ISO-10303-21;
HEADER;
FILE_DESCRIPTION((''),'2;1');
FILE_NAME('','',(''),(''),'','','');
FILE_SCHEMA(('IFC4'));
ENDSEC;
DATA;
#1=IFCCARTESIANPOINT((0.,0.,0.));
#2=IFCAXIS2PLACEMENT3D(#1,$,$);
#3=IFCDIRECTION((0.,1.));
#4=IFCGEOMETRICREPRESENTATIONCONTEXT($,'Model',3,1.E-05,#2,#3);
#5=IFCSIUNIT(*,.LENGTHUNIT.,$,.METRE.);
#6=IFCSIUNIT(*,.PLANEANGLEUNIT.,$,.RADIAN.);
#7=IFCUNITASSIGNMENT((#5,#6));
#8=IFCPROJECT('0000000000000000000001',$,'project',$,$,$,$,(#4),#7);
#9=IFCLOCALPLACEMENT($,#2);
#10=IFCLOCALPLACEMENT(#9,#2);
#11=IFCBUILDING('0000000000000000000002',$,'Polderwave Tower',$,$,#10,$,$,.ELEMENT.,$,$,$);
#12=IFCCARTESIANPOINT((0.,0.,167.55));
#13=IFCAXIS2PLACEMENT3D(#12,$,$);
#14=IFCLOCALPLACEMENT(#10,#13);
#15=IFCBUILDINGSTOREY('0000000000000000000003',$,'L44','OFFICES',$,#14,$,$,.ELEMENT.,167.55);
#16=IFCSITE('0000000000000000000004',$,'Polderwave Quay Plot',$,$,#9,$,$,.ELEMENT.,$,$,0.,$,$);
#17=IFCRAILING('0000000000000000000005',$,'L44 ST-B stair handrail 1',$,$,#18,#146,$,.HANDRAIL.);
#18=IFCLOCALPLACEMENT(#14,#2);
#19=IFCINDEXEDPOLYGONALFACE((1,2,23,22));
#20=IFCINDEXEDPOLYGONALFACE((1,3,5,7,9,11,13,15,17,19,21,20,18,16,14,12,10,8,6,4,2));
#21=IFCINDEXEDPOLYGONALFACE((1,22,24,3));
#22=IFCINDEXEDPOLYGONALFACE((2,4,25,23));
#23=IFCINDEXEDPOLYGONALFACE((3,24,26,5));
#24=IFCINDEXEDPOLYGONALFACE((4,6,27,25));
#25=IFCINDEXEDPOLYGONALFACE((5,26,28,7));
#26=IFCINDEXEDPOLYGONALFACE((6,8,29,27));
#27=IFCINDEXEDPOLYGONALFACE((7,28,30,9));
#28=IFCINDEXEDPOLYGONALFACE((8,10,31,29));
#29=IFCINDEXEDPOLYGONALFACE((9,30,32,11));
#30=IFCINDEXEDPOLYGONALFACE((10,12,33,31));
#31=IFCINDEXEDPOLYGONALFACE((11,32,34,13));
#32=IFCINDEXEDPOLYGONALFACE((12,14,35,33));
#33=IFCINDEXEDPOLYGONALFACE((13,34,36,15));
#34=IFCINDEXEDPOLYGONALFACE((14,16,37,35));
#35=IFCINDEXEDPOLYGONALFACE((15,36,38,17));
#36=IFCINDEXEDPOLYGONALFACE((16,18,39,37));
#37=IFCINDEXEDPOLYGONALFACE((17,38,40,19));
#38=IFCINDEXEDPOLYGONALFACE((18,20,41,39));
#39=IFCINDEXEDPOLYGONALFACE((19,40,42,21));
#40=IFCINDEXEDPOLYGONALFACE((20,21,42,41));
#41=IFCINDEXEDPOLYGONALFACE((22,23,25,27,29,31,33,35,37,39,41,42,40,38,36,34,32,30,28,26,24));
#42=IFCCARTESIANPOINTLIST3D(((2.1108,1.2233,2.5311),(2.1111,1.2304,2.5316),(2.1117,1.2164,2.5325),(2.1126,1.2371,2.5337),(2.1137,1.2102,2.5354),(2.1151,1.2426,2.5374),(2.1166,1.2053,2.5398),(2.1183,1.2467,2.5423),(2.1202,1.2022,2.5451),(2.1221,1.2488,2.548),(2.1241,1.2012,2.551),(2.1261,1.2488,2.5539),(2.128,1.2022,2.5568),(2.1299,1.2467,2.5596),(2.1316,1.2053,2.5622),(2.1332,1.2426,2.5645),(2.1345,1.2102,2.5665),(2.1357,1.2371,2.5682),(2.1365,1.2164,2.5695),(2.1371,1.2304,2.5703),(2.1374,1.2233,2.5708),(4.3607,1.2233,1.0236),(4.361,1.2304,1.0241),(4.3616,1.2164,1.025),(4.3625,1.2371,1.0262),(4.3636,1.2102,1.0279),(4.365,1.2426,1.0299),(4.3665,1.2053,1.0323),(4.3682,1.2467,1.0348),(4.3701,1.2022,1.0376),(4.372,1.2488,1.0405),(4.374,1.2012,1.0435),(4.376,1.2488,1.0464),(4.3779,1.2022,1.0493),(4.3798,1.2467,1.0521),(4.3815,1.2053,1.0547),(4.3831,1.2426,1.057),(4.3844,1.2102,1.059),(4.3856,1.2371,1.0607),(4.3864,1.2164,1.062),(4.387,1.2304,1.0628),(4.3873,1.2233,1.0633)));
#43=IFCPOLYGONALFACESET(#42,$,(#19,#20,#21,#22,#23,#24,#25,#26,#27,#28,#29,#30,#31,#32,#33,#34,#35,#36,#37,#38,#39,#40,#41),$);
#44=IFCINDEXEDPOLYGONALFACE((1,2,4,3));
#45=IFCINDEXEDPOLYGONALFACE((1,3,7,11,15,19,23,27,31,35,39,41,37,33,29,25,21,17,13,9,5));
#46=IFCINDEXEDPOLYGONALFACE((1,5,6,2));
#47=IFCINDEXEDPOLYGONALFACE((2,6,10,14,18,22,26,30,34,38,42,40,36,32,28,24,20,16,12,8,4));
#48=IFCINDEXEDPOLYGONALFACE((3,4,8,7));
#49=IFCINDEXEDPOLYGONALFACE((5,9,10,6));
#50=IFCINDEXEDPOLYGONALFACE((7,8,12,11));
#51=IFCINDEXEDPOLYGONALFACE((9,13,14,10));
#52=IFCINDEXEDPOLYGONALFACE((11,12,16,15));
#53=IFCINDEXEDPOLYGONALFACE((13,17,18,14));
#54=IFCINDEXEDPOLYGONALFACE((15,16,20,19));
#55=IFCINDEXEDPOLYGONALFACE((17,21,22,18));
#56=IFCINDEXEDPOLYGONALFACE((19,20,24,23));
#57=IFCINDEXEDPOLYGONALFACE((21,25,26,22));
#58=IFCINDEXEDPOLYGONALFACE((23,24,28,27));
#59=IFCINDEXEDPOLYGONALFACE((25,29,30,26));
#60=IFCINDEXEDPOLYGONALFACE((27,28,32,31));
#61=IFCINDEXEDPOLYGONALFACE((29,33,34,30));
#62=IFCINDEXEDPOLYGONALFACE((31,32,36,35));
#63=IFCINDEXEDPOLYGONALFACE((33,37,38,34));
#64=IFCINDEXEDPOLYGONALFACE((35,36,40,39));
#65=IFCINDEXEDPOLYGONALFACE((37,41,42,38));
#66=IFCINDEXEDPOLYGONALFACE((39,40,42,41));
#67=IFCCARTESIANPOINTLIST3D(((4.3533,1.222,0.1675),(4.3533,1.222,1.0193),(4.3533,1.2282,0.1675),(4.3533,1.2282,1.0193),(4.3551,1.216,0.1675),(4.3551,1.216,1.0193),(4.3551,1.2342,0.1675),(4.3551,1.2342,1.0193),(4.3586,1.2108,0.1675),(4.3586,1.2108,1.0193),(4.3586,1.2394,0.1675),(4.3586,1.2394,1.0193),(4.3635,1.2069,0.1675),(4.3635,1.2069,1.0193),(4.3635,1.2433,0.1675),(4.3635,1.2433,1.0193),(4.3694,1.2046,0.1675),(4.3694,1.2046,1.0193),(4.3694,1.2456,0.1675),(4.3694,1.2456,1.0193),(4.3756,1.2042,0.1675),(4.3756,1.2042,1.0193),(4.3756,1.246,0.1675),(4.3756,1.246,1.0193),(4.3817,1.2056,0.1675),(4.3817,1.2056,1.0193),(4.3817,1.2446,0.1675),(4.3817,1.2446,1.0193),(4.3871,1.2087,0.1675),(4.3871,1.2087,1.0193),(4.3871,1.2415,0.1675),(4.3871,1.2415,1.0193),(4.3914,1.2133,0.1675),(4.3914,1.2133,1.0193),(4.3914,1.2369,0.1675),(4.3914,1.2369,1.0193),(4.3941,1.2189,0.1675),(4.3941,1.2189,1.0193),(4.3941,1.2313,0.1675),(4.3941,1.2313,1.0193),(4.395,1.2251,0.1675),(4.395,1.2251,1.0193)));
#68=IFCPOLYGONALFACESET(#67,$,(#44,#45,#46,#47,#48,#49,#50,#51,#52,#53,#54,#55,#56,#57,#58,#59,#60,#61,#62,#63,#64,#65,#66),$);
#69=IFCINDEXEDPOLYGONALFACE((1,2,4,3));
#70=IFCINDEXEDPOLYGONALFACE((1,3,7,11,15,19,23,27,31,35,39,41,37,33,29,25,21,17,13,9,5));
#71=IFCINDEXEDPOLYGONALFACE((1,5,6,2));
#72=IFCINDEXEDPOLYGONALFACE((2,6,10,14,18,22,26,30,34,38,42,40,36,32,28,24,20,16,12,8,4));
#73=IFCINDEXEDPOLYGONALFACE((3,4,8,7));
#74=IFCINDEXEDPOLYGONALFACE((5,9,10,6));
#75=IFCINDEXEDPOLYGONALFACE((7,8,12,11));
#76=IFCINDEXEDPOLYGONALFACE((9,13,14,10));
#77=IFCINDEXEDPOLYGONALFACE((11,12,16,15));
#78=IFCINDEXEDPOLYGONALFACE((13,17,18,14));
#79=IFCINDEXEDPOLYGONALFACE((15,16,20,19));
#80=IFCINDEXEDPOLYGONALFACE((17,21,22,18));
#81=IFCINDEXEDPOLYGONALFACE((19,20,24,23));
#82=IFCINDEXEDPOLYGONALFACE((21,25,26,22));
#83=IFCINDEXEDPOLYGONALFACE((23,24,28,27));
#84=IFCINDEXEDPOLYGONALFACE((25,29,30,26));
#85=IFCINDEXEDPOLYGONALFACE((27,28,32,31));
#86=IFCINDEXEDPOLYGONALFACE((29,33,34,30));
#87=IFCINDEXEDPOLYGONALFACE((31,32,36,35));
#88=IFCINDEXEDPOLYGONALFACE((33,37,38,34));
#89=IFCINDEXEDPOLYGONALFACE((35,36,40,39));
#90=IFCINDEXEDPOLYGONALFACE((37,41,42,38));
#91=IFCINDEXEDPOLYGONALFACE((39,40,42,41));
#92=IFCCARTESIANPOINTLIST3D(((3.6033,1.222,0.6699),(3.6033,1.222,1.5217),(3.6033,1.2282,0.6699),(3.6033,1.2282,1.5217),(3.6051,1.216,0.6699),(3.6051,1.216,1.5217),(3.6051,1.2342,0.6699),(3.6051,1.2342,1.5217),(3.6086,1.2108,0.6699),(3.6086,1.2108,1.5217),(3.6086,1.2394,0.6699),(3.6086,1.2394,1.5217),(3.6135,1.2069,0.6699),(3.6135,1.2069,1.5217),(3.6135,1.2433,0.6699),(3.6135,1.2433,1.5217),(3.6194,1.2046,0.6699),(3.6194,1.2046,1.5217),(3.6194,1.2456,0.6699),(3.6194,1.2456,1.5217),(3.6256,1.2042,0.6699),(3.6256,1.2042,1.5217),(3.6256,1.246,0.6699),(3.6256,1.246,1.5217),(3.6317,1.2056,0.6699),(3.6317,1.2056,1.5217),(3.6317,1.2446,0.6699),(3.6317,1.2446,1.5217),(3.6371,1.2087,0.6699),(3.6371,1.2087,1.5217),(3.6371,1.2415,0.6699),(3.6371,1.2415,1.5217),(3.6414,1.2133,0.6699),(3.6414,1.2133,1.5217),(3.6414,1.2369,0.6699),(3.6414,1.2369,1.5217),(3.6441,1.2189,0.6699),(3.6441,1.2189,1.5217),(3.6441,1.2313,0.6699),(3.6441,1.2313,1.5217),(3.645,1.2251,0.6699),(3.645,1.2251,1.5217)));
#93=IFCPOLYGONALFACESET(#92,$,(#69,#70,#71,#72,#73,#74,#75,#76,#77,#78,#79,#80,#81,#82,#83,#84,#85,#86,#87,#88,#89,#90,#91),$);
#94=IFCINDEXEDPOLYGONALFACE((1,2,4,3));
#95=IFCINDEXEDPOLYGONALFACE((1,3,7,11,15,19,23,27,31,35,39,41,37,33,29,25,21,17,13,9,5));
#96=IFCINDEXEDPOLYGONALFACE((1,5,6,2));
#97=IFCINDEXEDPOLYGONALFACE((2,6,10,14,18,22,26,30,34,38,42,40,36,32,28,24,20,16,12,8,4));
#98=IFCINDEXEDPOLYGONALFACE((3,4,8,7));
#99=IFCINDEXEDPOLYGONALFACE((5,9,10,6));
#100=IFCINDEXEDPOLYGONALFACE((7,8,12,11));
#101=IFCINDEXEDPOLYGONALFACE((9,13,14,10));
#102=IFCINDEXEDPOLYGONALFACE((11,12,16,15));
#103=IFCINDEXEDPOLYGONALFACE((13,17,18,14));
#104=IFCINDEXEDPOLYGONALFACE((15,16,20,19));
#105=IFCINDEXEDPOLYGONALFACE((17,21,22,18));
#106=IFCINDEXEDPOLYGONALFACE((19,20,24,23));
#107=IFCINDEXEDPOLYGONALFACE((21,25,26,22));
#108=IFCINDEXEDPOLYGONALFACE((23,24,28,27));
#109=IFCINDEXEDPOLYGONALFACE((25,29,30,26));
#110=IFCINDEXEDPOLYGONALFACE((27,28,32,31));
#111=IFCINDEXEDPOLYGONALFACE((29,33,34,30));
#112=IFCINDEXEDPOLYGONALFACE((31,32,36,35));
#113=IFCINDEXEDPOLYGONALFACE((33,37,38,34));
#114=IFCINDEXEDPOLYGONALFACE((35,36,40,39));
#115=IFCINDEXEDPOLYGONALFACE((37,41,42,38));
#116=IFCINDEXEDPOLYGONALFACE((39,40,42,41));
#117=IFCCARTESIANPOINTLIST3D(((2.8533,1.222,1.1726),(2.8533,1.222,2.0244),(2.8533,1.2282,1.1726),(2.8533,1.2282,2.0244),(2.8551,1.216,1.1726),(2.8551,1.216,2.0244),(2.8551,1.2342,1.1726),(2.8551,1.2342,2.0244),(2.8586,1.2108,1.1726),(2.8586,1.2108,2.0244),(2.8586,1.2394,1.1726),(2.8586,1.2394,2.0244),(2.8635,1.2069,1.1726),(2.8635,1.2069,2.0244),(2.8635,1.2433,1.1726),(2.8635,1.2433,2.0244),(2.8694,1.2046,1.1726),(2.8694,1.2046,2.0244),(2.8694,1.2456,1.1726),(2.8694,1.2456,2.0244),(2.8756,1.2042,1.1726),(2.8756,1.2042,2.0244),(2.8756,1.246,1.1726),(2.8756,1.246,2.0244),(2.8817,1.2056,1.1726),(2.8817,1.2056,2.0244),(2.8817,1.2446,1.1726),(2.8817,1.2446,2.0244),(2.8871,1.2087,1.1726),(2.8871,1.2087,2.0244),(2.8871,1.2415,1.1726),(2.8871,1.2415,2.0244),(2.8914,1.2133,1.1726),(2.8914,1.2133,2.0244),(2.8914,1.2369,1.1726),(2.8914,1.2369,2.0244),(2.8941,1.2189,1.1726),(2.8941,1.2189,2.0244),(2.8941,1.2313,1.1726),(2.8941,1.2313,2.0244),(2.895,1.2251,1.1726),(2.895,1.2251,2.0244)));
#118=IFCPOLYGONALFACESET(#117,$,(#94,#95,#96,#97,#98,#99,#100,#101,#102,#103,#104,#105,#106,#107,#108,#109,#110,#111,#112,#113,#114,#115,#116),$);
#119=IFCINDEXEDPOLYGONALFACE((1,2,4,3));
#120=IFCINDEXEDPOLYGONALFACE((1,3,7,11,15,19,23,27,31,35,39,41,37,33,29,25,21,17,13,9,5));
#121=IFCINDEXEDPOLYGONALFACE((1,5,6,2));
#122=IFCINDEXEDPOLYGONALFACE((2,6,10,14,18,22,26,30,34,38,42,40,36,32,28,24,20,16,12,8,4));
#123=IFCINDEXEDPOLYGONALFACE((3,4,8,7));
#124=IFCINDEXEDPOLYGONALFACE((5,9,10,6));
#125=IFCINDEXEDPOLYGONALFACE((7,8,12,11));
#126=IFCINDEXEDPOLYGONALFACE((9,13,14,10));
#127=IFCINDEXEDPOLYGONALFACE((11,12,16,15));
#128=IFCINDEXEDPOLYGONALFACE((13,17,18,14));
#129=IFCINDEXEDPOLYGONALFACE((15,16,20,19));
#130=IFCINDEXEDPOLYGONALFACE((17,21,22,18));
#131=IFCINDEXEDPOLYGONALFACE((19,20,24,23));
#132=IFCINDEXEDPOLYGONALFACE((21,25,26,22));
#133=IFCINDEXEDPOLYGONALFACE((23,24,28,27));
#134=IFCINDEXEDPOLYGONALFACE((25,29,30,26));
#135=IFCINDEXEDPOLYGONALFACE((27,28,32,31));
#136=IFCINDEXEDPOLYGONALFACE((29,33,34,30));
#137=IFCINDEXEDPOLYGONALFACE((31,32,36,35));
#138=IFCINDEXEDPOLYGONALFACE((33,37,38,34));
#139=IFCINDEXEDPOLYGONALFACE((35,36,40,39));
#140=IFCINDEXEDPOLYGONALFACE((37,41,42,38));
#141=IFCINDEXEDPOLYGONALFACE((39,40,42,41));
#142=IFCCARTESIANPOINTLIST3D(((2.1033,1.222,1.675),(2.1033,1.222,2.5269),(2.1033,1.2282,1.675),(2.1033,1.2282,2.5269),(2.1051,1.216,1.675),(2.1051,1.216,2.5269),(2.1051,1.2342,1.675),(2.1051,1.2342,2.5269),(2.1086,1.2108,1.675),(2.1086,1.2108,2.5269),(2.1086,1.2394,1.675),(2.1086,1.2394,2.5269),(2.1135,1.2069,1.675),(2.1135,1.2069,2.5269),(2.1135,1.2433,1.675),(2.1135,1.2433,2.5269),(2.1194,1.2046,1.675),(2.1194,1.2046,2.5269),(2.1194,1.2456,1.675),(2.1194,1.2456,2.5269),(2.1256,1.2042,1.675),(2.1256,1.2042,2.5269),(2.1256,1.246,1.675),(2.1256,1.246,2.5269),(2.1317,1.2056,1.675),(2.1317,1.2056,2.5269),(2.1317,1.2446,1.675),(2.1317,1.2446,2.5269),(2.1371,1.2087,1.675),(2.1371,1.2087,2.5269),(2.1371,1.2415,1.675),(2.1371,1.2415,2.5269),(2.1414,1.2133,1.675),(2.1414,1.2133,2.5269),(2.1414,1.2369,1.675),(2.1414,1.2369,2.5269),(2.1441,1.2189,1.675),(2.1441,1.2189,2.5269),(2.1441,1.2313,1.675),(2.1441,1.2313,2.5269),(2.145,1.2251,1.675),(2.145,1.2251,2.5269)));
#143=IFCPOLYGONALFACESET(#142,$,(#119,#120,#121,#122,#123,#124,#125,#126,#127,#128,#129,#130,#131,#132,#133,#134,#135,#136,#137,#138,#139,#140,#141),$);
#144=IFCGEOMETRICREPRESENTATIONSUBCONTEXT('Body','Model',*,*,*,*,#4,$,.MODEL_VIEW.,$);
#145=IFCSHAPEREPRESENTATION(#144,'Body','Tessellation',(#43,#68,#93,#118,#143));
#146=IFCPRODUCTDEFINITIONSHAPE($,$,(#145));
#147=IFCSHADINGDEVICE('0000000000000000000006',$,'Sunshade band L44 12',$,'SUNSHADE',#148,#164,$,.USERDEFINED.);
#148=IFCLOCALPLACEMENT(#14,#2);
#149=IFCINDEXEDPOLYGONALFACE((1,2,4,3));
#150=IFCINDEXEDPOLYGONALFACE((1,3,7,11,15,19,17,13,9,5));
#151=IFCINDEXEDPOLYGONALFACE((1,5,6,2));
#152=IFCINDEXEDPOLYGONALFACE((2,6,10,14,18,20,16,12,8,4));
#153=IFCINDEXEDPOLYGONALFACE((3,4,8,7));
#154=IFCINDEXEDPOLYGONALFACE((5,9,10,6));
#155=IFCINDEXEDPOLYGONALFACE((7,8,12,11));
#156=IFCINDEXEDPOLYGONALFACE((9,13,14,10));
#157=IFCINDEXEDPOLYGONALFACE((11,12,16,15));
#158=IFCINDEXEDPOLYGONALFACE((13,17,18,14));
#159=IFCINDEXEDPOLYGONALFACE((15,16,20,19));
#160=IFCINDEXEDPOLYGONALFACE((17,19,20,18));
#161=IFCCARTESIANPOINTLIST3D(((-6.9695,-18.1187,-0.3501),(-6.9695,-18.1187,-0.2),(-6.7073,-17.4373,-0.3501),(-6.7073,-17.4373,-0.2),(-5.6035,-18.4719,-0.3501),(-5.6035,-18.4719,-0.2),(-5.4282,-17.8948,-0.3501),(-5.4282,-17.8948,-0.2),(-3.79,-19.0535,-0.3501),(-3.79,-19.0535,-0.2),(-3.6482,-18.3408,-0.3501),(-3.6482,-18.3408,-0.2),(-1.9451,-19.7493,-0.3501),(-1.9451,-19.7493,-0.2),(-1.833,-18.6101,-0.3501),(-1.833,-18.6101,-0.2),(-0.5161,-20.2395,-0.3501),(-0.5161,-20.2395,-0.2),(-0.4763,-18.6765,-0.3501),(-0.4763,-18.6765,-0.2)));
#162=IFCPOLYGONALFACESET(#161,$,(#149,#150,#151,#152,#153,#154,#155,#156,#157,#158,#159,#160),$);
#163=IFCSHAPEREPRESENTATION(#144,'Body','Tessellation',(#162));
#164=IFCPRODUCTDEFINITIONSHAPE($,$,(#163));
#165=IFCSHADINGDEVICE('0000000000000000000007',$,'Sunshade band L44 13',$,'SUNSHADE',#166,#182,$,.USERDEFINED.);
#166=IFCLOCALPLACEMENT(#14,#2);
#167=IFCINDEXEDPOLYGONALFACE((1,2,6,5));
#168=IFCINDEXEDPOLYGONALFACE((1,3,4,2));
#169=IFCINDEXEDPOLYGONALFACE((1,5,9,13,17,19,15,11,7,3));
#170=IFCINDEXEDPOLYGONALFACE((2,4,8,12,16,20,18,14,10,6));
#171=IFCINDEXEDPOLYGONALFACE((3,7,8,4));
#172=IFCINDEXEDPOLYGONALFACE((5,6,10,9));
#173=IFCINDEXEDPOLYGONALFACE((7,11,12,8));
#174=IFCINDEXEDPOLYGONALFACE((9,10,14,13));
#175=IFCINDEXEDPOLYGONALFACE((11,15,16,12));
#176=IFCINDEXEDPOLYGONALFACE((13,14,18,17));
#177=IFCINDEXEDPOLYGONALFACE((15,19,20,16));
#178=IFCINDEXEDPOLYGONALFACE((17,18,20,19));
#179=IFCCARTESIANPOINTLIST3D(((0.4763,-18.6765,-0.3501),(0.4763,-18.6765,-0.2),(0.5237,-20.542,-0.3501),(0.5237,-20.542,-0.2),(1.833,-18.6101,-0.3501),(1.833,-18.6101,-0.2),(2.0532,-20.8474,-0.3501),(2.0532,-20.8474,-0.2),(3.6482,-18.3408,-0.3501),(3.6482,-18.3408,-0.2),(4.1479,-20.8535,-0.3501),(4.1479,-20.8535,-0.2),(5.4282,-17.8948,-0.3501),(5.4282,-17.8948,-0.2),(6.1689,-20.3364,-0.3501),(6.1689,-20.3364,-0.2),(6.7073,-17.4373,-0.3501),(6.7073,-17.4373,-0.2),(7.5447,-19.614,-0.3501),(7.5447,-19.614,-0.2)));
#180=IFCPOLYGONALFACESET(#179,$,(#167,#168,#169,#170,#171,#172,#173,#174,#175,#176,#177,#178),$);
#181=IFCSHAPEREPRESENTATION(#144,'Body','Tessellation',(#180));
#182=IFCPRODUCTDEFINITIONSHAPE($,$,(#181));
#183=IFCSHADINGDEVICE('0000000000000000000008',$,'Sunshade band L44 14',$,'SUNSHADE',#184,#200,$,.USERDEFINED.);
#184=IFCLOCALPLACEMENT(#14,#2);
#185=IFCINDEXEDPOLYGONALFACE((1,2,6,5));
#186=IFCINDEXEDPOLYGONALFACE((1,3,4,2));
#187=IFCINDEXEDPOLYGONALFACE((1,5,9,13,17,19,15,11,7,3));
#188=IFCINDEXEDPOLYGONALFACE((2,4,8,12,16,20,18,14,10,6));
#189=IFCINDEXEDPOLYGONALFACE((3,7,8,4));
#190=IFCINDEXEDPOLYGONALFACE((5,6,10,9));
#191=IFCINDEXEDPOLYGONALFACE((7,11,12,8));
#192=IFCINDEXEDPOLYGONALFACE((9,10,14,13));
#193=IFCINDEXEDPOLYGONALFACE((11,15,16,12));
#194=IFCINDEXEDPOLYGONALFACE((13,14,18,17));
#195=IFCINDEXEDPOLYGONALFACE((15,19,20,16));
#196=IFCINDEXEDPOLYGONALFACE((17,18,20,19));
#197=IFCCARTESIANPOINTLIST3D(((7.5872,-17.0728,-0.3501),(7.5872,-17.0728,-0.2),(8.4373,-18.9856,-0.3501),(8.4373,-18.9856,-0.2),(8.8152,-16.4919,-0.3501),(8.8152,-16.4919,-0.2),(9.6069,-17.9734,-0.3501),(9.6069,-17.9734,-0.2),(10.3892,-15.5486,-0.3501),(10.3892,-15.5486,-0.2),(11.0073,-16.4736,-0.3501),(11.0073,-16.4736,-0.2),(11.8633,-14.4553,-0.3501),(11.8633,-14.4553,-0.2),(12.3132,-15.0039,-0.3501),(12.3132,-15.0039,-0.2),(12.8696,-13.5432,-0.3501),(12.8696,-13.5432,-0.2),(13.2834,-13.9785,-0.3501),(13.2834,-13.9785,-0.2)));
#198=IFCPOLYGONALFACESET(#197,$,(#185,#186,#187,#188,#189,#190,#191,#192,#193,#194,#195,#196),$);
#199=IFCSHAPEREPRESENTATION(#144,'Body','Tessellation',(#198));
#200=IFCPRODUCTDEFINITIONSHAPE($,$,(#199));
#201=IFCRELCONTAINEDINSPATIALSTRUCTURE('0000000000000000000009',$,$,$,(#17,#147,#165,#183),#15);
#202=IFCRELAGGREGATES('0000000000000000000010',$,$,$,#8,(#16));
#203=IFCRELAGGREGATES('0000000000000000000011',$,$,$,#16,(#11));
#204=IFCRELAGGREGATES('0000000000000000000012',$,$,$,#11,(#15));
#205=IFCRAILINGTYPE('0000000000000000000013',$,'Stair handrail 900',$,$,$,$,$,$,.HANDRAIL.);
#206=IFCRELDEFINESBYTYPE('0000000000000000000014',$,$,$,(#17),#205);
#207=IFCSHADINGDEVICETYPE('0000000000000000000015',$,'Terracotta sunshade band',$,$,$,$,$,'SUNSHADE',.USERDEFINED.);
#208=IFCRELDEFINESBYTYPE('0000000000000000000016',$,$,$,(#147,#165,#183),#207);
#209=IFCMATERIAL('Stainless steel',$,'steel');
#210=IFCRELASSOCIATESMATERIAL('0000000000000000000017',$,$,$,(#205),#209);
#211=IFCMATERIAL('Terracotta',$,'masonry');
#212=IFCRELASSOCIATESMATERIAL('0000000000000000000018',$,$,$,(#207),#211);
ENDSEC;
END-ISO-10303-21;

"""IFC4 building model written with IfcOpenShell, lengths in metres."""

from ifc_helpers import new_model, si_unit, direction, frame, origin, origin_2d, place, context, subcontext, project, spatial, polyline, circle, outline, extrude, material, type_object, element, save


model = new_model("IFC4")

# Units and contexts
model_context = context("Model", 3, precision=1e-05, world=origin(), true_north=direction((0.0, 1.0)))
body_context = subcontext(model_context, "Body", "Model", "MODEL_VIEW")
ifc_project = project(units=[si_unit("LENGTHUNIT", "METRE"), si_unit("PLANEANGLEUNIT", "RADIAN")], contexts=[model_context])

# Site, building, storey
site_placement = place(None, origin())
site = spatial("IfcSite", under=ifc_project, at=site_placement, Name="Polderwave Quay Plot", CompositionType="ELEMENT", RefElevation=0.0)
building_placement = place(site_placement, origin())
building = spatial("IfcBuilding", under=site, at=building_placement, Name="Polderwave Tower", CompositionType="ELEMENT")
storey_placement = place(building_placement, frame((0.0, 0.0, 167.55)))
storey = spatial("IfcBuildingStorey", under=building, at=storey_placement, Name="L44", Description="OFFICES", CompositionType="ELEMENT", Elevation=167.55)

# Railing
ifc_material_1 = material(Name="Stainless steel", Category="steel")
railing_type_1 = type_object("IfcRailingType", Name="Stair handrail 900", PredefinedType="HANDRAIL", material=ifc_material_1)
railing_1_placement = place(storey_placement, frame((4.374, 1.2251, 0.1675)))
element("IfcRailing", 1, at=railing_1_placement, inside=storey, type_object=railing_type_1, Name="L44 ST-B stair handrail 1", PredefinedType="HANDRAIL", context=body_context, shape_type="SweptSolid", body=[
    extrude(circle(Radius=0.0239, at=origin_2d()), frame((0.0, 0.0, 0.876), z_axis=(-0.830758, 0.0, 0.556633), x_axis=(0.0, -1.0, 0.0)), (0.0, 0.0, 1.0), 2.7083),
    extrude(circle(Radius=0.021, at=origin_2d()), origin(), (0.0, 0.0, 1.0), 0.8518),
    extrude(circle(Radius=0.021, at=origin_2d()), frame((-0.75, 0.0, 0.5024)), (0.0, 0.0, 1.0), 0.8518),
    extrude(circle(Radius=0.021, at=origin_2d()), frame((-1.5, 0.0, 1.0051)), (0.0, 0.0, 1.0), 0.8518),
    extrude(circle(Radius=0.021, at=origin_2d()), frame((-2.25, 0.0, 1.5076)), (0.0, 0.0, 1.0), 0.8518),
])

# Shading devices
ifc_material_2 = material(Name="Terracotta", Category="masonry")
shading_device_type = type_object("IfcShadingDeviceType", Name="Terracotta sunshade band", ElementType="SUNSHADE", PredefinedType="USERDEFINED", material=ifc_material_2)
shading_device_1_placement = place(storey_placement, frame((0.0, 0.0, -0.3501)))
element("IfcShadingDevice", 2, at=shading_device_1_placement, inside=storey, type_object=shading_device_type, Name="Sunshade band L44 12", ObjectType="SUNSHADE", PredefinedType="USERDEFINED", context=body_context, shape_type="SweptSolid", body=[
    extrude(outline(polyline([(-6.7073, -17.4373), (-5.4282, -17.8948), (-3.6482, -18.3408), (-1.833, -18.6101), (-0.4763, -18.6765), (-0.5161, -20.2395), (-1.9451, -19.7493), (-3.79, -19.0535), (-5.6035, -18.4719), (-6.9695, -18.1187), (-6.7073, -17.4373)])), origin(), (0.0, 0.0, 1.0), 0.1501),
])
shading_device_2_placement = place(storey_placement, frame((0.0, 0.0, -0.3501)))
element("IfcShadingDevice", 3, at=shading_device_2_placement, inside=storey, type_object=shading_device_type, Name="Sunshade band L44 13", ObjectType="SUNSHADE", PredefinedType="USERDEFINED", context=body_context, shape_type="SweptSolid", body=[
    extrude(outline(polyline([(0.4763, -18.6765), (1.833, -18.6101), (3.6482, -18.3408), (5.4282, -17.8948), (6.7073, -17.4373), (7.5447, -19.614), (6.1689, -20.3364), (4.1479, -20.8535), (2.0532, -20.8474), (0.5237, -20.542), (0.4763, -18.6765)])), origin(), (0.0, 0.0, 1.0), 0.1501),
])
shading_device_3_placement = place(storey_placement, frame((0.0, 0.0, -0.3501)))
element("IfcShadingDevice", 4, at=shading_device_3_placement, inside=storey, type_object=shading_device_type, Name="Sunshade band L44 14", ObjectType="SUNSHADE", PredefinedType="USERDEFINED", context=body_context, shape_type="SweptSolid", body=[
    extrude(outline(polyline([(7.5872, -17.0728), (8.8152, -16.4919), (10.3892, -15.5486), (11.8633, -14.4553), (12.8696, -13.5432), (13.2834, -13.9785), (12.3132, -15.0039), (11.0073, -16.4736), (9.6069, -17.9734), (8.4373, -18.9856), (7.5872, -17.0728)])), origin(), (0.0, 0.0, 1.0), 0.1501),
])

save(model, "model.ifc")
